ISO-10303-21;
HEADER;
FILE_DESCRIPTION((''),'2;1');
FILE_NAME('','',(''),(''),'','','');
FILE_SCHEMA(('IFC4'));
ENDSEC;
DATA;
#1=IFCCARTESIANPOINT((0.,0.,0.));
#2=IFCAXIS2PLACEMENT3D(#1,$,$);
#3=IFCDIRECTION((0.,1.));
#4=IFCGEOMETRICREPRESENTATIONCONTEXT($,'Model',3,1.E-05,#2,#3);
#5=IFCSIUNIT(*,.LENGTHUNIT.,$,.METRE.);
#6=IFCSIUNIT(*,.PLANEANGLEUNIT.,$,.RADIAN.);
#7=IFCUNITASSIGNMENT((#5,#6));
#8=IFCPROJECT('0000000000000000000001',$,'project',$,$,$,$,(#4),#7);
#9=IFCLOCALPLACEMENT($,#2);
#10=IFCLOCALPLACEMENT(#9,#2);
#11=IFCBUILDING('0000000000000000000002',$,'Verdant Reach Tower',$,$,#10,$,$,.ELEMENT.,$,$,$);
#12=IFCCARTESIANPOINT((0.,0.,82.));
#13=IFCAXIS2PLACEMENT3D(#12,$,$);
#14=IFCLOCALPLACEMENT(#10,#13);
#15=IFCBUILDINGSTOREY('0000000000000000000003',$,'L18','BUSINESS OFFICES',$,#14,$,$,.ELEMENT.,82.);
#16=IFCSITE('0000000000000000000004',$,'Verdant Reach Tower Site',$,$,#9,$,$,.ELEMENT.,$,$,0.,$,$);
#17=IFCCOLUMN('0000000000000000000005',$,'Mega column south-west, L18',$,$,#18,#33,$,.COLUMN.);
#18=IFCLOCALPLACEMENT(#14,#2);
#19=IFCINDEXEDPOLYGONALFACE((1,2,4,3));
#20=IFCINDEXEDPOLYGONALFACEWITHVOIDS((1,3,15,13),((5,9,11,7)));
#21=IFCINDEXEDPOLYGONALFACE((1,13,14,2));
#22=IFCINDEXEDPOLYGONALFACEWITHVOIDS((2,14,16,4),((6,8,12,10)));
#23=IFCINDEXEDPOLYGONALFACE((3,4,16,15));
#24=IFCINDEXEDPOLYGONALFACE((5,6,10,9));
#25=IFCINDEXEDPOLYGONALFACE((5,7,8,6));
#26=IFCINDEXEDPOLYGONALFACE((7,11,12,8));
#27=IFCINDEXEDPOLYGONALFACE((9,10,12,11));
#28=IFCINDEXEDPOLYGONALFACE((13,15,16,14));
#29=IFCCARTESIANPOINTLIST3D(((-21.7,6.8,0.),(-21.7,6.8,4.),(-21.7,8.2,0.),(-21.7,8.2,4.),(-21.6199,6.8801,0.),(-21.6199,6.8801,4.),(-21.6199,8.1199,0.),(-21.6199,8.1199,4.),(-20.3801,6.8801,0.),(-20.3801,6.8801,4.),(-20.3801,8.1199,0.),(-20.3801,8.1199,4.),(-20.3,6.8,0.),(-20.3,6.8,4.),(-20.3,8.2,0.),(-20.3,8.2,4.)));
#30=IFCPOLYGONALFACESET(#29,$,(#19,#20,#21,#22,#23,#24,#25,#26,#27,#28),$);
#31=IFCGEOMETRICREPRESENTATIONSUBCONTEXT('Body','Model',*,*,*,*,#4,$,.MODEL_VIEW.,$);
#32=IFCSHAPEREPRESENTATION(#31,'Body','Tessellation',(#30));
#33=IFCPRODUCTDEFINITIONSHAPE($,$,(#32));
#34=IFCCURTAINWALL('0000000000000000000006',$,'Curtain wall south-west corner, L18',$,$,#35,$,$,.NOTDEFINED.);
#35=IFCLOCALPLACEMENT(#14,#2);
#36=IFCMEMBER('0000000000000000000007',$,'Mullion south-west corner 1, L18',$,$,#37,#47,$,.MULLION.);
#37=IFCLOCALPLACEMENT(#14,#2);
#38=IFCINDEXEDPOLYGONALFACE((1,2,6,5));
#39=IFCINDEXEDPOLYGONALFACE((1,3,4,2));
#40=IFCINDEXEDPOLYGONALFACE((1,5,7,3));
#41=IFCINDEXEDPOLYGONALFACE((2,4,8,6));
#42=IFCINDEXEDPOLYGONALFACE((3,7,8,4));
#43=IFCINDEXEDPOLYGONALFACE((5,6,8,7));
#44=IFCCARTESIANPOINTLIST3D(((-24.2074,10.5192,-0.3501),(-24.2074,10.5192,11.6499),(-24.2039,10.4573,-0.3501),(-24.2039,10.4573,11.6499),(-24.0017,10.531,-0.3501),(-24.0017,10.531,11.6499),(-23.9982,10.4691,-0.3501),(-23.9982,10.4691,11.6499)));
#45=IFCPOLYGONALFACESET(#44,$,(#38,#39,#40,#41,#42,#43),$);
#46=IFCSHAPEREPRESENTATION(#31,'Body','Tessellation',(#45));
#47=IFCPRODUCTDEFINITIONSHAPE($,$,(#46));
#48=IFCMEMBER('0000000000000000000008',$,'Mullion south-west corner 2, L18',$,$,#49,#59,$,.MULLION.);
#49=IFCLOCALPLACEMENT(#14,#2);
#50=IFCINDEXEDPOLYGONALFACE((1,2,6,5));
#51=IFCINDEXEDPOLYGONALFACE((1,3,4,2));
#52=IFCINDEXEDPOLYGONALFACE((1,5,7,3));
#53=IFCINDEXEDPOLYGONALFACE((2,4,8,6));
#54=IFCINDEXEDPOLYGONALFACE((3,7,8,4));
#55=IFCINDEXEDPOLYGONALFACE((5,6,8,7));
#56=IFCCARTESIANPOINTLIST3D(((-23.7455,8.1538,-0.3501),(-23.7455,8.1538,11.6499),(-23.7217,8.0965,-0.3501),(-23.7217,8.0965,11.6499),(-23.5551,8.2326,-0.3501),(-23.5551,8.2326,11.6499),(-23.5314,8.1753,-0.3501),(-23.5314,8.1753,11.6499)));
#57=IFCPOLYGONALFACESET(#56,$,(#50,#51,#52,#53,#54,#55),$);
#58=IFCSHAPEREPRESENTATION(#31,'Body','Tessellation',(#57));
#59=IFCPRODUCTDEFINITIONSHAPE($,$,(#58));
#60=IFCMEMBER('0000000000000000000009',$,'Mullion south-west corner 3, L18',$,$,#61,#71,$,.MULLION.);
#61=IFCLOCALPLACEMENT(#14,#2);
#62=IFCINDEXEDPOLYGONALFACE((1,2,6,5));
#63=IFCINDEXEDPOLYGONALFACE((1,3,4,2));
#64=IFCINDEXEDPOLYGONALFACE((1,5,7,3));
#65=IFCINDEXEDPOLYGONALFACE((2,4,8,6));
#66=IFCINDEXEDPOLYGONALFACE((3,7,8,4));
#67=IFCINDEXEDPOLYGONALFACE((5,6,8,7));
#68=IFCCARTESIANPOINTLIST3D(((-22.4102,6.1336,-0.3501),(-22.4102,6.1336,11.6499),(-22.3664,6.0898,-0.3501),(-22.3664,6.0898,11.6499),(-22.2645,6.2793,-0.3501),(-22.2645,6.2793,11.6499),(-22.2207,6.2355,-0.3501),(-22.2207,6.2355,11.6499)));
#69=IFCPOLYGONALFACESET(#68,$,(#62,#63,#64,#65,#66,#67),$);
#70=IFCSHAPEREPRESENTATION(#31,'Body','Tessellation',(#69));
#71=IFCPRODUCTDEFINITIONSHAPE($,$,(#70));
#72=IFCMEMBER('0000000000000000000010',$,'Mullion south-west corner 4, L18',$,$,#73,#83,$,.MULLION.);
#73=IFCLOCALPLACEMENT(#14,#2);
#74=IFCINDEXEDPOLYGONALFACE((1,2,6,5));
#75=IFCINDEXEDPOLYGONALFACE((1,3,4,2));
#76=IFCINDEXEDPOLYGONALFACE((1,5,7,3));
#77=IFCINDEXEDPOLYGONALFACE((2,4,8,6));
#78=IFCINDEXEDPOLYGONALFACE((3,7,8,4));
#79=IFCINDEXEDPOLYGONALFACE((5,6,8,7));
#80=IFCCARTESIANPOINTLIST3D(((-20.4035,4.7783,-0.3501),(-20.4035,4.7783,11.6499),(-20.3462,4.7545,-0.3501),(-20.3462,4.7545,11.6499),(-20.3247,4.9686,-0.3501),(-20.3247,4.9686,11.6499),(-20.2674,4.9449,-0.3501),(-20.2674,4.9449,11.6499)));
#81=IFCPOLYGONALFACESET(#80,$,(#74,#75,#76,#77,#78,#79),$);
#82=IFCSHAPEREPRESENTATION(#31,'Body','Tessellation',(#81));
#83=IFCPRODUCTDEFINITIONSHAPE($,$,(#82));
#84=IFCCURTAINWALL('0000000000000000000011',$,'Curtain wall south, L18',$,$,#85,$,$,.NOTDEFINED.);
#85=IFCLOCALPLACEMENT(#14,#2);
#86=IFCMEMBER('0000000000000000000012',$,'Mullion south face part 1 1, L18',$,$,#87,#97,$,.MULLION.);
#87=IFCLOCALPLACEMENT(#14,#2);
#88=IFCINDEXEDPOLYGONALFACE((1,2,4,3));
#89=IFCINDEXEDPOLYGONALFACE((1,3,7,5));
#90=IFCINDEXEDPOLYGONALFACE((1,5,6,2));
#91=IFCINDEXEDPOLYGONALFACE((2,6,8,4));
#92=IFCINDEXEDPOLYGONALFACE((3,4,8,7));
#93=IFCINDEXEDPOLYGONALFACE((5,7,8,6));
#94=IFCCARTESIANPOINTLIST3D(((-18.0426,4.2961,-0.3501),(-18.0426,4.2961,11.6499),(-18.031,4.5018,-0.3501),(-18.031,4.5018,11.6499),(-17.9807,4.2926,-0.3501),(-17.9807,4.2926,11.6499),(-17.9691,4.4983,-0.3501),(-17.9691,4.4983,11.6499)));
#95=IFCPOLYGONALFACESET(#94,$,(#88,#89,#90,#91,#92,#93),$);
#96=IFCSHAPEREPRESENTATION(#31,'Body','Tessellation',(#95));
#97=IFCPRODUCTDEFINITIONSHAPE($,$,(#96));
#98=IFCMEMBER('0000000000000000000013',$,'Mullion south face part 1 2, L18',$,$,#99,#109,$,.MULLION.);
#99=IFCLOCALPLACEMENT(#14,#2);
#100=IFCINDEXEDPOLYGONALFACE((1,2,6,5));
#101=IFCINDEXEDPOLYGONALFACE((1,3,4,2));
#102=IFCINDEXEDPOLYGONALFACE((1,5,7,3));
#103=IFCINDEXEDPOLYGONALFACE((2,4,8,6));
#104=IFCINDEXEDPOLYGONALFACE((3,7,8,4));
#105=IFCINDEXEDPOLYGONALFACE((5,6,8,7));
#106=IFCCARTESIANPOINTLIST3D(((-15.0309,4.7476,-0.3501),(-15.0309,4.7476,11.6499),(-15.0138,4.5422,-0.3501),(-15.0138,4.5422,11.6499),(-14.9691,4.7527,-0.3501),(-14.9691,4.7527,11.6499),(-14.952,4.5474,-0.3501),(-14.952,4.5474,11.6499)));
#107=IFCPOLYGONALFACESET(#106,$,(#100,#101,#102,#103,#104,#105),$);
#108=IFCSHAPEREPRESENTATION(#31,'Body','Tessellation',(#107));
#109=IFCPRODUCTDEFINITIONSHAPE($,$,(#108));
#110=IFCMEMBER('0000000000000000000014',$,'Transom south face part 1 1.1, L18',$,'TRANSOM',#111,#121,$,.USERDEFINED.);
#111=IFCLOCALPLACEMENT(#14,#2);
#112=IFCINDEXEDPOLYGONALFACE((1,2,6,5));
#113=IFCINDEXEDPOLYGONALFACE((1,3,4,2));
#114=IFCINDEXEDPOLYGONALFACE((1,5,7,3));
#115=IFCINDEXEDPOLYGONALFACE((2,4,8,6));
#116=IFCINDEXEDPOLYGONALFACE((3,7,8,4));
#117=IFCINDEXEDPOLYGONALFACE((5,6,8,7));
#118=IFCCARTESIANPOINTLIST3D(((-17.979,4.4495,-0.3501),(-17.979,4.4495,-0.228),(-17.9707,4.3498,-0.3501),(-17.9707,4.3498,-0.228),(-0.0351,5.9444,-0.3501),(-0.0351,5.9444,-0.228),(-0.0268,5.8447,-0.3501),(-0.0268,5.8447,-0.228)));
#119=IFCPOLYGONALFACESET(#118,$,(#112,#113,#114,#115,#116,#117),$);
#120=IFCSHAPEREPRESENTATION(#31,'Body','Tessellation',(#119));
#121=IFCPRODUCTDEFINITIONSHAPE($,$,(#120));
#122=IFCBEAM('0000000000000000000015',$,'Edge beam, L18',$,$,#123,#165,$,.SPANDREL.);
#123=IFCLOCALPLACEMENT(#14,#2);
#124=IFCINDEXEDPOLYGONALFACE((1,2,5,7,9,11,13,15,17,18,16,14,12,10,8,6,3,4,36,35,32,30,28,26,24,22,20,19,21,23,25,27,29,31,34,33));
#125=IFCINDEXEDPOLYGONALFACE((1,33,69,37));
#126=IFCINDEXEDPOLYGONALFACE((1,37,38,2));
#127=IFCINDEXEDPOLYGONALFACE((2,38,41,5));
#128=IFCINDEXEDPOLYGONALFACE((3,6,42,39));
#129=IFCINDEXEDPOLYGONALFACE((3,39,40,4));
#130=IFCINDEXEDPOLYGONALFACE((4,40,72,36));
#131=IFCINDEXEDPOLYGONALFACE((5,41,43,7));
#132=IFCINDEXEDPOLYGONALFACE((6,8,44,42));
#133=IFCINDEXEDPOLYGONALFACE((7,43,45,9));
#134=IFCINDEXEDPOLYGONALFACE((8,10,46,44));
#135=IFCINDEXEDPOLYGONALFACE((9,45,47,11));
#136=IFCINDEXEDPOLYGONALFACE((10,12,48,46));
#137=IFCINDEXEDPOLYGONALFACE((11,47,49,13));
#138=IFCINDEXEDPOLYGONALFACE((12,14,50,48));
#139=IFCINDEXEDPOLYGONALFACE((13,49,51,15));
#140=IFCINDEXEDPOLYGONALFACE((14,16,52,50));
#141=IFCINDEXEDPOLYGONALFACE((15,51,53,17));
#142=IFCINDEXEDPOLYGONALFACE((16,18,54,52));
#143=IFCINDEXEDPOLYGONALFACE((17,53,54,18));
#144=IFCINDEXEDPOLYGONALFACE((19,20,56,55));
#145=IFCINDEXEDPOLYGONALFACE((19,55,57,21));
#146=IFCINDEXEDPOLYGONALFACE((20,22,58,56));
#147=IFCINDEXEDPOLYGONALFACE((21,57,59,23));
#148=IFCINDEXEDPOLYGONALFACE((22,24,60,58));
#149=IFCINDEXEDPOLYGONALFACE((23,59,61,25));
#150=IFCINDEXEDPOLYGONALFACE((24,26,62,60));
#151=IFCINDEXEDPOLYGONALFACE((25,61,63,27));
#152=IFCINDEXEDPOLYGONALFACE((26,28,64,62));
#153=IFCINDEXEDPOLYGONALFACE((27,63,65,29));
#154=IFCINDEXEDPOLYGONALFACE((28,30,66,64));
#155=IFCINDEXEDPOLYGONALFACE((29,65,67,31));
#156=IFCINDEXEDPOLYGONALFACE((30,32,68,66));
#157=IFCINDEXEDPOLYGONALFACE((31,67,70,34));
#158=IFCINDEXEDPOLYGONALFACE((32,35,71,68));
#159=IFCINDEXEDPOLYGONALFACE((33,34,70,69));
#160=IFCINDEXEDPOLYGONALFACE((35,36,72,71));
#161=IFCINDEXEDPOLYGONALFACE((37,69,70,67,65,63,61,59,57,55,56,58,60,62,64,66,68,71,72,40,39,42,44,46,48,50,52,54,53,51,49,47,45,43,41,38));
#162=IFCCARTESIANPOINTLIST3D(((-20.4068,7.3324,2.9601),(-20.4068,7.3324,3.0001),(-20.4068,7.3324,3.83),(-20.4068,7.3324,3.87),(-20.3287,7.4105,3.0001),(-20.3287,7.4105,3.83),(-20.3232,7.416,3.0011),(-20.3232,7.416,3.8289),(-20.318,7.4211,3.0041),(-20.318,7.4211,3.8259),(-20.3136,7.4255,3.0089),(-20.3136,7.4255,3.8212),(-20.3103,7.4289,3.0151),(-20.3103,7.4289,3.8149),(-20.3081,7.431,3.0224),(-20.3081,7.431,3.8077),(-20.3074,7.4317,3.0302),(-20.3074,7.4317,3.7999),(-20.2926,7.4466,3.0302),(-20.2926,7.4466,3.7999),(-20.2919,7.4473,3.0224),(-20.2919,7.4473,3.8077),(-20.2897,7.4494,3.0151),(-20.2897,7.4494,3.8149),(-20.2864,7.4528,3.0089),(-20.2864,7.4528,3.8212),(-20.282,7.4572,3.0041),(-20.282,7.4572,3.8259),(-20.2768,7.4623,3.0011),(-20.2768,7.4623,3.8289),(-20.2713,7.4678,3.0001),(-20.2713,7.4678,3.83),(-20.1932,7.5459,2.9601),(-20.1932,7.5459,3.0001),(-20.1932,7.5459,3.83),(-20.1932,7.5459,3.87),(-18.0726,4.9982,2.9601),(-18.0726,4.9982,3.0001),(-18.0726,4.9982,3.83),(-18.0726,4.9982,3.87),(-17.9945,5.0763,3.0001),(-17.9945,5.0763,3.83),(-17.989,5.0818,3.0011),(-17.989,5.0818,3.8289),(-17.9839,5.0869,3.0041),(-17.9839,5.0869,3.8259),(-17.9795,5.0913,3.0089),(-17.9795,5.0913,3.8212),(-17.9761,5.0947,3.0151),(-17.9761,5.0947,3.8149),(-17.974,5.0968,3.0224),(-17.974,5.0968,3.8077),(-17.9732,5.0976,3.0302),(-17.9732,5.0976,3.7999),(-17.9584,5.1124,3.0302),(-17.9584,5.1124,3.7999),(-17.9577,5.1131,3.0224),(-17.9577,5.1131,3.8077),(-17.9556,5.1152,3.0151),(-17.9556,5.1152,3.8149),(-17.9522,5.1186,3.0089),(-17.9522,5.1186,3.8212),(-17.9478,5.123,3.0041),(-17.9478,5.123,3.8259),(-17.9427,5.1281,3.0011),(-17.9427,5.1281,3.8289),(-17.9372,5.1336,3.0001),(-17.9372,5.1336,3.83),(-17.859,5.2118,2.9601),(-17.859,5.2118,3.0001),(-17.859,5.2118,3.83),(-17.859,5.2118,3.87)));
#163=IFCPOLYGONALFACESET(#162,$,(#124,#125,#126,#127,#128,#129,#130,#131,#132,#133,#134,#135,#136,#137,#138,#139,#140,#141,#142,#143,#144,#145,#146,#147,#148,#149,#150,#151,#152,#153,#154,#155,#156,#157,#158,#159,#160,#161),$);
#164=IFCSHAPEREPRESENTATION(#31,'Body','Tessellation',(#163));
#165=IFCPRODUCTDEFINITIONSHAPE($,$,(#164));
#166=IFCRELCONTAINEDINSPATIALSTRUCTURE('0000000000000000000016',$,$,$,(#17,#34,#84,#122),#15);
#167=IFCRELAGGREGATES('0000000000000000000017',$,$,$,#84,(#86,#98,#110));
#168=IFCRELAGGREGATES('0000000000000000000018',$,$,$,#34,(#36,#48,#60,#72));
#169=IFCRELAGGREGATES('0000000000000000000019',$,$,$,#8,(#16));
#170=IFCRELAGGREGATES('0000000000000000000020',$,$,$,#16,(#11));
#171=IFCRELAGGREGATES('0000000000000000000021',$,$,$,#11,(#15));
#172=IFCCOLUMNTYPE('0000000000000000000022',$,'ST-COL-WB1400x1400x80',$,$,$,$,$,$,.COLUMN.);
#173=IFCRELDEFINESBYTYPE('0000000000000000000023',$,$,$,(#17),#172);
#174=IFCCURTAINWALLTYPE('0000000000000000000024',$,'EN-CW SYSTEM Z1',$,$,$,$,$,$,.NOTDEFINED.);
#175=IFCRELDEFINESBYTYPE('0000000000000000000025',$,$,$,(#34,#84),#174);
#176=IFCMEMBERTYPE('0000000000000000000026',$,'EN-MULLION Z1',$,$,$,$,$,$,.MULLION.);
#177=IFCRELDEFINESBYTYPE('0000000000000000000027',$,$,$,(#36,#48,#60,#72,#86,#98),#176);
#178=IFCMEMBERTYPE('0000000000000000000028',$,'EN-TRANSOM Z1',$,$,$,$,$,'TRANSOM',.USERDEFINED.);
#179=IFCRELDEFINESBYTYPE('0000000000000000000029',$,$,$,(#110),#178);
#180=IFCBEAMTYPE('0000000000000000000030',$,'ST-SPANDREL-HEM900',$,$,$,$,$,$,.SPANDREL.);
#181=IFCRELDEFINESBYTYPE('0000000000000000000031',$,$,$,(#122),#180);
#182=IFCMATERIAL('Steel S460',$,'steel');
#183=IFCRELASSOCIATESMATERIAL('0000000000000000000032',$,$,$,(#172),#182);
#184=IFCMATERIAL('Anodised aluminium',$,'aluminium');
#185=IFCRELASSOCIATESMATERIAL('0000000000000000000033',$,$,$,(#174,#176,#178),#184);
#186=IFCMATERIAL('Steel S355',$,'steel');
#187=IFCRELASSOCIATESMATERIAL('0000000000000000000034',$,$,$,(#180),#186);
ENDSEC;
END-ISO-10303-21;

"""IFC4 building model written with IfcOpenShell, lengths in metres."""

from ifc_helpers import new_model, si_unit, direction, frame, origin, origin_2d, place, context, subcontext, project, spatial, rectangle, hollow_rectangle, i_section, extrude, material, material_profile, profile_set, type_object, element, aggregate, save


model = new_model("IFC4")

# Units and contexts
model_context = context("Model", 3, precision=1e-05, world=origin(), true_north=direction((0.0, 1.0)))
body_context = subcontext(model_context, "Body", "Model", "MODEL_VIEW")
ifc_project = project(units=[si_unit("LENGTHUNIT", "METRE"), si_unit("PLANEANGLEUNIT", "RADIAN")], contexts=[model_context])

# Site, building, storey
site_placement = place(None, origin())
site = spatial("IfcSite", under=ifc_project, at=site_placement, Name="Verdant Reach Tower Site", CompositionType="ELEMENT", RefElevation=0.0)
building_placement = place(site_placement, origin())
building = spatial("IfcBuilding", under=site, at=building_placement, Name="Verdant Reach Tower", CompositionType="ELEMENT")
storey_placement = place(building_placement, frame((0.0, 0.0, 82.0)))
storey = spatial("IfcBuildingStorey", under=building, at=storey_placement, Name="L18", Description="BUSINESS OFFICES", CompositionType="ELEMENT", Elevation=82.0)

# Column
ifc_material_1 = material(Name="Steel S460", Category="steel")
ifc_material_profile_1 = material_profile(ifc_material_1, hollow_rectangle(XDim=1.3999, YDim=1.3999, WallThickness=0.0801, at=origin_2d()), Name="WB 1400x1400x80")
ifc_profile_set_1 = profile_set([ifc_material_profile_1], Name="Steel S460")
column_type = type_object("IfcColumnType", Name="ST-COL-WB1400x1400x80", PredefinedType="COLUMN", material=ifc_profile_set_1)
column_placement = place(storey_placement, frame((-21.0, 7.5, 0.0), z_axis=(0.0, 0.0, 1.0), x_axis=(1.0, 0.0, 0.0)))
element("IfcColumn", 1, at=column_placement, inside=storey, type_object=column_type, Name="Mega column south-west, L18", PredefinedType="COLUMN", context=body_context, shape_type="SweptSolid", body=[
    extrude(hollow_rectangle(XDim=1.3999, YDim=1.3999, WallThickness=0.0801, at=origin_2d()), origin(), (0.0, 0.0, 1.0), 4.0),
])

# Curtain walls, members
ifc_material_2 = material(Name="Anodised aluminium", Category="aluminium")
curtain_wall_type = type_object("IfcCurtainWallType", Name="EN-CW SYSTEM Z1", PredefinedType="NOTDEFINED", material=ifc_material_2)
curtain_wall_1_placement = place(storey_placement, origin())
curtain_wall_1 = element("IfcCurtainWall", 2, at=curtain_wall_1_placement, inside=storey, type_object=curtain_wall_type, Name="Curtain wall south-west corner, L18", PredefinedType="NOTDEFINED")
ifc_material_profile_2 = material_profile(ifc_material_2, rectangle(XDim=0.2061, YDim=0.062, at=origin_2d()), Name="Mullion 62x206")
ifc_profile_set_2 = profile_set([ifc_material_profile_2], Name="Anodised aluminium")
member_type_1 = type_object("IfcMemberType", Name="EN-MULLION Z1", PredefinedType="MULLION", material=ifc_profile_set_2)
member_1_placement = place(storey_placement, frame((-24.1028, 10.4941, -0.3501), z_axis=(0.0, 0.0, 1.0), x_axis=(-0.998366, -0.057135, 0.0)))
member_1 = element("IfcMember", 3, at=member_1_placement, type_object=member_type_1, Name="Mullion south-west corner 1, L18", PredefinedType="MULLION", context=body_context, shape_type="SweptSolid", body=[
    extrude(rectangle(XDim=0.2061, YDim=0.062, at=origin_2d()), origin(), (0.0, 0.0, 1.0), 12.0),
])
member_2_placement = place(storey_placement, frame((-23.6384, 8.1646, -0.3501), z_axis=(0.0, 0.0, 1.0), x_axis=(-0.923875, -0.382694, 0.0)))
member_2 = element("IfcMember", 4, at=member_2_placement, type_object=member_type_1, Name="Mullion south-west corner 2, L18", PredefinedType="MULLION", context=body_context, shape_type="SweptSolid", body=[
    extrude(rectangle(XDim=0.2061, YDim=0.062, at=origin_2d()), origin(), (0.0, 0.0, 1.0), 12.0),
])
member_3_placement = place(storey_placement, frame((-22.3154, 6.1846, -0.3501), z_axis=(0.0, 0.0, 1.0), x_axis=(-0.707107, -0.707107, 0.0)))
member_3 = element("IfcMember", 5, at=member_3_placement, type_object=member_type_1, Name="Mullion south-west corner 3, L18", PredefinedType="MULLION", context=body_context, shape_type="SweptSolid", body=[
    extrude(rectangle(XDim=0.2061, YDim=0.062, at=origin_2d()), origin(), (0.0, 0.0, 1.0), 12.0),
])
member_4_placement = place(storey_placement, frame((-20.3354, 4.8616, -0.3501), z_axis=(0.0, 0.0, 1.0), x_axis=(-0.382694, -0.923875, 0.0)))
member_4 = element("IfcMember", 6, at=member_4_placement, type_object=member_type_1, Name="Mullion south-west corner 4, L18", PredefinedType="MULLION", context=body_context, shape_type="SweptSolid", body=[
    extrude(rectangle(XDim=0.2061, YDim=0.062, at=origin_2d()), origin(), (0.0, 0.0, 1.0), 12.0),
])
curtain_wall_2_placement = place(storey_placement, origin())
curtain_wall_2 = element("IfcCurtainWall", 7, at=curtain_wall_2_placement, inside=storey, type_object=curtain_wall_type, Name="Curtain wall south, L18", PredefinedType="NOTDEFINED")
member_5_placement = place(storey_placement, frame((-18.0059, 4.3972, -0.3501), z_axis=(0.0, 0.0, 1.0), x_axis=(-0.056569, -0.998399, 0.0)))
member_5 = element("IfcMember", 8, at=member_5_placement, type_object=member_type_1, Name="Mullion south face part 1 1, L18", PredefinedType="MULLION", context=body_context, shape_type="SweptSolid", body=[
    extrude(rectangle(XDim=0.2061, YDim=0.062, at=origin_2d()), origin(), (0.0, 0.0, 1.0), 12.0),
])
member_6_placement = place(storey_placement, frame((-14.9915, 4.6475, -0.3501), z_axis=(0.0, 0.0, 1.0), x_axis=(0.083045, -0.996546, 0.0)))
member_6 = element("IfcMember", 9, at=member_6_placement, type_object=member_type_1, Name="Mullion south face part 1 2, L18", PredefinedType="MULLION", context=body_context, shape_type="SweptSolid", body=[
    extrude(rectangle(XDim=0.2061, YDim=0.062, at=origin_2d()), origin(), (0.0, 0.0, 1.0), 12.0),
])
ifc_material_profile_3 = material_profile(ifc_material_2, rectangle(XDim=0.1001, YDim=0.1221, at=origin_2d()), Name="Transom 122x100")
ifc_profile_set_3 = profile_set([ifc_material_profile_3], Name="Anodised aluminium")
member_type_2 = type_object("IfcMemberType", Name="EN-TRANSOM Z1", ElementType="TRANSOM", PredefinedType="USERDEFINED", material=ifc_profile_set_3)
member_7_placement = place(storey_placement, frame((-17.9749, 4.3997, -0.2891), z_axis=(0.996548, 0.083021, 0.0), x_axis=(-0.083021, 0.996548, 0.0)))
member_7 = element("IfcMember", 10, at=member_7_placement, type_object=member_type_2, Name="Transom south face part 1 1.1, L18", ObjectType="TRANSOM", PredefinedType="USERDEFINED", context=body_context, shape_type="SweptSolid", body=[
    extrude(rectangle(XDim=0.1001, YDim=0.1221, at=origin_2d()), origin(), (0.0, 0.0, 1.0), 18.0061),
])

# Beam
ifc_material_3 = material(Name="Steel S355", Category="steel")
ifc_material_profile_4 = material_profile(ifc_material_3, i_section(OverallWidth=0.302, OverallDepth=0.9099, WebThickness=0.021, FlangeThickness=0.04, FilletRadius=0.03, at=origin_2d()), Name="HEM 900")
ifc_profile_set_4 = profile_set([ifc_material_profile_4], Name="Steel S355")
beam_type = type_object("IfcBeamType", Name="ST-SPANDREL-HEM900", PredefinedType="SPANDREL", material=ifc_profile_set_4)
beam_1_placement = place(storey_placement, frame((-17.9658, 5.105, 3.415), z_axis=(-0.707107, 0.707107, 0.0), x_axis=(-0.707107, -0.707107, 0.0)))
element("IfcBeam", 11, at=beam_1_placement, inside=storey, type_object=beam_type, Name="Edge beam, L18", PredefinedType="SPANDREL", context=body_context, shape_type="SweptSolid", body=[
    extrude(i_section(OverallWidth=0.302, OverallDepth=0.9099, WebThickness=0.021, FlangeThickness=0.04, FilletRadius=0.03, at=origin_2d()), origin(), (0.0, 0.0, 1.0), 3.301),
])

aggregate(curtain_wall_2, [member_5, member_6, member_7])
aggregate(curtain_wall_1, [member_1, member_2, member_3, member_4])

save(model, "model.ifc")
